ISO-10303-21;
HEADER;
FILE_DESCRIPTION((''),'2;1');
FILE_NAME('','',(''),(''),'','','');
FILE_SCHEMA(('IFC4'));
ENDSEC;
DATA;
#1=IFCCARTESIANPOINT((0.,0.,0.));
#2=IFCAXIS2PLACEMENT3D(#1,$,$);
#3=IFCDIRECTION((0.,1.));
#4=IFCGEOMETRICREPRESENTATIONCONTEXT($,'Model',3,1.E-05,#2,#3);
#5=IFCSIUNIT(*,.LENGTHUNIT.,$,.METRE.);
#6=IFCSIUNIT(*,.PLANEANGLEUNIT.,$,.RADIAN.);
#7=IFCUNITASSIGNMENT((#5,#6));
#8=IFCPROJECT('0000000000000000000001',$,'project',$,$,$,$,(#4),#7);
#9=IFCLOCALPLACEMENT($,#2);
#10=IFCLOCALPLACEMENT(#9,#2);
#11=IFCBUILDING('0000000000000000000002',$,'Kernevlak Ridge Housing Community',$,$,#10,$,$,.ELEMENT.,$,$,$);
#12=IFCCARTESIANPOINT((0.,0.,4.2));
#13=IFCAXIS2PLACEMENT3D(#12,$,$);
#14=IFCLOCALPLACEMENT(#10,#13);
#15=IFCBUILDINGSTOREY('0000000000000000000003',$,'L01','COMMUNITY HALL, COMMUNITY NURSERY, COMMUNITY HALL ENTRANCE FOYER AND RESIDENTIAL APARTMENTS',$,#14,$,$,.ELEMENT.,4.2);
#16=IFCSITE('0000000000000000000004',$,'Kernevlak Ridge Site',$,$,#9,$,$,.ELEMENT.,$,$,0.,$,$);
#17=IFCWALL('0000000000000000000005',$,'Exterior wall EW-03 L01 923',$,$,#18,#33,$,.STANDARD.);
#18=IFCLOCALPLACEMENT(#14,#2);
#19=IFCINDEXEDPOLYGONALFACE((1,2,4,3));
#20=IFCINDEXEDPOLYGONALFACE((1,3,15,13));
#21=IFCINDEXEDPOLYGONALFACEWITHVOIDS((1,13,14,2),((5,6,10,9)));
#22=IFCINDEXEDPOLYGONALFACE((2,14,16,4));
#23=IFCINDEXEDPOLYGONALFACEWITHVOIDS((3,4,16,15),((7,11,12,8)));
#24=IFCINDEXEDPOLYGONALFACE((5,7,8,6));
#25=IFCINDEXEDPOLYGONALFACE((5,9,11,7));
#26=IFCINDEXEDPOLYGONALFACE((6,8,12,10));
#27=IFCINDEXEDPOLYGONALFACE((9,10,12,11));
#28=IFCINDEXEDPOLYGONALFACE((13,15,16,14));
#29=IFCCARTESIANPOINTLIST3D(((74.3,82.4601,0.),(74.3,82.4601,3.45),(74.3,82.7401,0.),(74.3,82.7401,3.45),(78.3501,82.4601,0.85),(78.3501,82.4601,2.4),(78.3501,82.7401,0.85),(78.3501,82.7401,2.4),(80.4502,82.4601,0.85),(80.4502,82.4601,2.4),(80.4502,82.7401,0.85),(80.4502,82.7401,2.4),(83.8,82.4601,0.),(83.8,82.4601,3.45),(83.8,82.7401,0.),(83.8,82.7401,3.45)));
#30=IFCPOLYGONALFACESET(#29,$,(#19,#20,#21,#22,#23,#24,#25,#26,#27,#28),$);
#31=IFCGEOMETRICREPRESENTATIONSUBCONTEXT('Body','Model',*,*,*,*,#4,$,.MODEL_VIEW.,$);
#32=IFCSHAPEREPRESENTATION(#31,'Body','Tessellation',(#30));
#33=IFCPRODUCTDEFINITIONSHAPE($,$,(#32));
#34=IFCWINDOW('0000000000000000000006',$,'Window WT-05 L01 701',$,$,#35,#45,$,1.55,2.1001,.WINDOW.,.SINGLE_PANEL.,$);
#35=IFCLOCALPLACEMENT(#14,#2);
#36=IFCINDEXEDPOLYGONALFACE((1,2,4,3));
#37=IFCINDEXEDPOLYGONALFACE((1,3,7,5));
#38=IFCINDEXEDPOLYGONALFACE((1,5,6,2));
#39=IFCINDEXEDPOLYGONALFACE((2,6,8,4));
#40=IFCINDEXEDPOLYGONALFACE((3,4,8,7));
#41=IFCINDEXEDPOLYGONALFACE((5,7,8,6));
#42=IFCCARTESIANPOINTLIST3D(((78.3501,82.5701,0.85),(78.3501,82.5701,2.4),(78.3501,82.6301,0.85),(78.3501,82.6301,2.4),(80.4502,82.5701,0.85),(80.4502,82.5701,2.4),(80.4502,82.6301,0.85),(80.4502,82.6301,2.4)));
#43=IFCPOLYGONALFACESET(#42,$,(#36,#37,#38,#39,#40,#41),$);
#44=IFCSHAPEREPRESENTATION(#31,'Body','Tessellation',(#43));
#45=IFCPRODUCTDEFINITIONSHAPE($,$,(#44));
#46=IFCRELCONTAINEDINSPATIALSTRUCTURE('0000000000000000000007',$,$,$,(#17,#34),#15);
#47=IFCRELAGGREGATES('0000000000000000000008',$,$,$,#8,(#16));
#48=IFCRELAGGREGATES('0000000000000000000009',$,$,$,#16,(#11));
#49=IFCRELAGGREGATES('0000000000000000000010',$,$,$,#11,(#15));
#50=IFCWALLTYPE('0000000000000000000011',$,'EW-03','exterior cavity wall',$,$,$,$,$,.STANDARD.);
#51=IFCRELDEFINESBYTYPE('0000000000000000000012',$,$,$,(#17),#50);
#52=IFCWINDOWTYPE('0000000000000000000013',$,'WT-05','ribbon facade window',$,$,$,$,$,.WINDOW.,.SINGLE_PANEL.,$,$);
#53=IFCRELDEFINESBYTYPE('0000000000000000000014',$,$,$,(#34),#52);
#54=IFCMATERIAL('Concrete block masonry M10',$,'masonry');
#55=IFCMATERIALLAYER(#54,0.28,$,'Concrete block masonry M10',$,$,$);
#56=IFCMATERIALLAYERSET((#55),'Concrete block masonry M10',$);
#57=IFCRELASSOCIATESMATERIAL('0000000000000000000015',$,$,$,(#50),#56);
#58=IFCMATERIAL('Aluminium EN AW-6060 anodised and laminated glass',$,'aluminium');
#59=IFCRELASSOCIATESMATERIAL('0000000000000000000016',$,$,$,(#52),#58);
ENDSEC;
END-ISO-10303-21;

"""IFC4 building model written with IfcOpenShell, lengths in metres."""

from ifc_helpers import new_model, si_unit, direction, frame, frame_2d, origin, place, context, subcontext, project, spatial, rectangle, extrude, material, layer, layer_set, type_object, element, fill, save


model = new_model("IFC4")

# Units and contexts
model_context = context("Model", 3, precision=1e-05, world=origin(), true_north=direction((0.0, 1.0)))
body_context = subcontext(model_context, "Body", "Model", "MODEL_VIEW")
ifc_project = project(units=[si_unit("LENGTHUNIT", "METRE"), si_unit("PLANEANGLEUNIT", "RADIAN")], contexts=[model_context])

# Site, building, storey
site_placement = place(None, origin())
site = spatial("IfcSite", under=ifc_project, at=site_placement, Name="Kernevlak Ridge Site", CompositionType="ELEMENT", RefElevation=0.0)
building_placement = place(site_placement, origin())
building = spatial("IfcBuilding", under=site, at=building_placement, Name="Kernevlak Ridge Housing Community", CompositionType="ELEMENT")
storey_placement = place(building_placement, frame((0.0, 0.0, 4.2)))
storey = spatial("IfcBuildingStorey", under=building, at=storey_placement, Name="L01", Description="COMMUNITY HALL, COMMUNITY NURSERY, COMMUNITY HALL ENTRANCE FOYER AND RESIDENTIAL APARTMENTS", CompositionType="ELEMENT", Elevation=4.2)

# Shared definitions
ifc_material_1 = material(Name="Aluminium EN AW-6060 anodised and laminated glass", Category="aluminium")

# Wall, opening, window
ifc_material_2 = material(Name="Concrete block masonry M10", Category="masonry")
ifc_layer_1 = layer(ifc_material_2, 0.28, Name="Concrete block masonry M10")
ifc_layer_set_1 = layer_set([ifc_layer_1], Name="Concrete block masonry M10")
wall_type = type_object("IfcWallType", Name="EW-03", Description="exterior cavity wall", PredefinedType="STANDARD", material=ifc_layer_set_1)
wall_placement = place(storey_placement, frame((74.3, 82.6001, 0.0), z_axis=(0.0, 0.0, 1.0), x_axis=(1.0, 0.0, 0.0)))
wall = element("IfcWall", 1, at=wall_placement, inside=storey, type_object=wall_type, Name="Exterior wall EW-03 L01 923", PredefinedType="STANDARD", context=body_context, shape_type="SweptSolid", body=[
    extrude(rectangle(XDim=9.5, YDim=0.28, at=frame_2d((4.75, 0.0))), origin(), (0.0, 0.0, 1.0), 3.45),
])
opening_placement = place(wall_placement, frame((4.05, 0.0, 0.8501)))
opening = element("IfcOpeningElement", 2, at=opening_placement, cuts=wall, PredefinedType="OPENING", context=body_context, shape_type="SweptSolid", body=[
    extrude(rectangle(XDim=2.1001, YDim=1.55, at=frame_2d((1.05, 0.7749))), frame((0.0, 0.1499, 0.0), z_axis=(0.0, -1.0, 0.0), x_axis=(1.0, 0.0, 0.0)), (0.0, 0.0, 1.0), 0.3),
])
window_type = type_object("IfcWindowType", Name="WT-05", Description="ribbon facade window", PartitioningType="SINGLE_PANEL", PredefinedType="WINDOW", material=ifc_material_1)
window_placement = place(opening_placement, origin())
window = element("IfcWindow", 3, at=window_placement, inside=storey, type_object=window_type, Name="Window WT-05 L01 701", OverallHeight=1.55, OverallWidth=2.1001, PartitioningType="SINGLE_PANEL", PredefinedType="WINDOW", context=body_context, shape_type="SweptSolid", body=[
    extrude(rectangle(XDim=2.1001, YDim=1.55, at=frame_2d((1.05, 0.7749))), frame((0.0, 0.03, 0.0), z_axis=(0.0, -1.0, 0.0), x_axis=(1.0, 0.0, 0.0)), (0.0, 0.0, 1.0), 0.0601),
])
fill(opening, window)

save(model, "model.ifc")
